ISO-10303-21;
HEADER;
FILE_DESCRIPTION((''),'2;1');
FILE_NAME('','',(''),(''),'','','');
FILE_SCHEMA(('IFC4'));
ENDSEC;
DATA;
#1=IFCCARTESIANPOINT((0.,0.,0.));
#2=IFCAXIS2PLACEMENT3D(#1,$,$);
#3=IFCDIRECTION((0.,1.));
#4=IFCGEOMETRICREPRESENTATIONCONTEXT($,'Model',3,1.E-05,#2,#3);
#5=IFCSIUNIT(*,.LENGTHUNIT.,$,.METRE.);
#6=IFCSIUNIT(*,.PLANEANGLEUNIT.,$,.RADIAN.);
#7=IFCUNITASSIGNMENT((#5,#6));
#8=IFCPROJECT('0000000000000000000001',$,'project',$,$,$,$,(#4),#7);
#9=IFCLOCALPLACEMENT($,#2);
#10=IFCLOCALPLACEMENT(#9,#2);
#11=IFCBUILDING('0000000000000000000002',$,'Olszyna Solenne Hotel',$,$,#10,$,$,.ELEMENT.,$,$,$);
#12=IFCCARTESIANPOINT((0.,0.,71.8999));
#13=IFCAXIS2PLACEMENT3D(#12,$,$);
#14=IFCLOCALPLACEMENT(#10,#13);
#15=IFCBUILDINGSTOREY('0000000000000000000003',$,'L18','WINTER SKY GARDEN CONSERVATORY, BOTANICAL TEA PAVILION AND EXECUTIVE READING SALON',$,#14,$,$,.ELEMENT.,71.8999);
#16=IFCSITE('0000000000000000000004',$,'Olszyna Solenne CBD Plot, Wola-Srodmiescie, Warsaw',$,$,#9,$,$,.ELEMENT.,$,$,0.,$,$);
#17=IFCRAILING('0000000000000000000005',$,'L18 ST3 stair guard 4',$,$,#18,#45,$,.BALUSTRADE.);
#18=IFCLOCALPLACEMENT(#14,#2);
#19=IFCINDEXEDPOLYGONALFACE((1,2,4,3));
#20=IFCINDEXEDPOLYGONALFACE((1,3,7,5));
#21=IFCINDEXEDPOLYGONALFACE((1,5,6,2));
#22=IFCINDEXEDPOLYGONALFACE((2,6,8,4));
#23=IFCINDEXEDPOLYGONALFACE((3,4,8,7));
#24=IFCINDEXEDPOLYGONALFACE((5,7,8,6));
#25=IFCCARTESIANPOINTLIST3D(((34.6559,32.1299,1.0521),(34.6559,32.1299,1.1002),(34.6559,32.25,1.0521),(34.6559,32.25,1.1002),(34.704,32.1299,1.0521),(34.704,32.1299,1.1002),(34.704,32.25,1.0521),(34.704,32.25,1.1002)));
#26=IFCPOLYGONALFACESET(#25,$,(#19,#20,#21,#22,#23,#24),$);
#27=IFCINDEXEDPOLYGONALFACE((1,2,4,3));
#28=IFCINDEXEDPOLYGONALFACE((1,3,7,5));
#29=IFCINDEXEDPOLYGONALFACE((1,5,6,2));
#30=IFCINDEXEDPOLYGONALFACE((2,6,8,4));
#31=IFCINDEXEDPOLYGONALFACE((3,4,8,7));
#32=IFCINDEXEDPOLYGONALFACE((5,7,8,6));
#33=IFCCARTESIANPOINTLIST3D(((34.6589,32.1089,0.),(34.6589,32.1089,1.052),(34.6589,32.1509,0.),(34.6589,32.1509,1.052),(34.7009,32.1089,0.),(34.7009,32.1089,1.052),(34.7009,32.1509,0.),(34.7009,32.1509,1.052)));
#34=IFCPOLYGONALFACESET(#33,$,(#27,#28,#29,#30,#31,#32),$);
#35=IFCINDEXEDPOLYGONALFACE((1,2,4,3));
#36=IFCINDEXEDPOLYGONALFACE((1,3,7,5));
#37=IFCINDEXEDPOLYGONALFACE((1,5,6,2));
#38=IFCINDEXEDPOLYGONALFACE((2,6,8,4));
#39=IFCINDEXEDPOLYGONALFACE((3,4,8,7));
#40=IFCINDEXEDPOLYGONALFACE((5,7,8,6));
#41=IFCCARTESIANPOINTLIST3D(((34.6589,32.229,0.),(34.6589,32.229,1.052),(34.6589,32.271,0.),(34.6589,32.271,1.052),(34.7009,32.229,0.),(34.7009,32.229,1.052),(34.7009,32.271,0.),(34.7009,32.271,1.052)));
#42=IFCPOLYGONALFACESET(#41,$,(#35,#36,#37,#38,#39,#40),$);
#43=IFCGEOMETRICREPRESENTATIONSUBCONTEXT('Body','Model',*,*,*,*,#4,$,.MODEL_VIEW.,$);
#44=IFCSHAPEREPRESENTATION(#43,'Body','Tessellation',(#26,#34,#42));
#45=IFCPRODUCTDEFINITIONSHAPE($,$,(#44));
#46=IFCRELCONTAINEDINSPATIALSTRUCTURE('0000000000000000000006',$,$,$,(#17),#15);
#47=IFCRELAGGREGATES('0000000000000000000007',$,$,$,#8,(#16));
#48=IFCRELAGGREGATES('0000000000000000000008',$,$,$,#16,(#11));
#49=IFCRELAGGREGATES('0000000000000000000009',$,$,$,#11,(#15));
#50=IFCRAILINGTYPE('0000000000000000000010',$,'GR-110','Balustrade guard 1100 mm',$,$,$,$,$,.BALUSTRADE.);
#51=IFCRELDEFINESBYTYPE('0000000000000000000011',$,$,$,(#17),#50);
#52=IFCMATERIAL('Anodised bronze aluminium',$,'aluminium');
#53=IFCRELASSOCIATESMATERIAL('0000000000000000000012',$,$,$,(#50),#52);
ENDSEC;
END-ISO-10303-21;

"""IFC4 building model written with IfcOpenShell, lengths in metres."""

from ifc_helpers import new_model, si_unit, direction, frame, origin, origin_2d, place, context, subcontext, project, spatial, rectangle, extrude, material, type_object, element, save


model = new_model("IFC4")

# Units and contexts
model_context = context("Model", 3, precision=1e-05, world=origin(), true_north=direction((0.0, 1.0)))
body_context = subcontext(model_context, "Body", "Model", "MODEL_VIEW")
ifc_project = project(units=[si_unit("LENGTHUNIT", "METRE"), si_unit("PLANEANGLEUNIT", "RADIAN")], contexts=[model_context])

# Site, building, storey
site_placement = place(None, origin())
site = spatial("IfcSite", under=ifc_project, at=site_placement, Name="Olszyna Solenne CBD Plot, Wola-Srodmiescie, Warsaw", CompositionType="ELEMENT", RefElevation=0.0)
building_placement = place(site_placement, origin())
building = spatial("IfcBuilding", under=site, at=building_placement, Name="Olszyna Solenne Hotel", CompositionType="ELEMENT")
storey_placement = place(building_placement, frame((0.0, 0.0, 71.8999)))
storey = spatial("IfcBuildingStorey", under=building, at=storey_placement, Name="L18", Description="WINTER SKY GARDEN CONSERVATORY, BOTANICAL TEA PAVILION AND EXECUTIVE READING SALON", CompositionType="ELEMENT", Elevation=71.8999)

# Railing
ifc_material_1 = material(Name="Anodised bronze aluminium", Category="aluminium")
railing_type = type_object("IfcRailingType", Name="GR-110", Description="Balustrade guard 1100 mm", PredefinedType="BALUSTRADE", material=ifc_material_1)
railing_placement = place(storey_placement, frame((34.6799, 32.1299, 0.0)))
element("IfcRailing", 1, at=railing_placement, inside=storey, type_object=railing_type, Name="L18 ST3 stair guard 4", PredefinedType="BALUSTRADE", context=body_context, shape_type="SweptSolid", body=[
    extrude(rectangle(XDim=0.0481, YDim=0.0481, at=origin_2d()), frame((0.0, 0.0, 1.0762), z_axis=(0.0, 1.0, 0.0), x_axis=(-1.0, 0.0, 0.0)), (0.0, 0.0, 1.0), 0.1201),
    extrude(rectangle(XDim=0.042, YDim=0.042, at=origin_2d()), origin(), (0.0, 0.0, 1.0), 1.052),
    extrude(rectangle(XDim=0.042, YDim=0.042, at=origin_2d()), frame((0.0, 0.1201, 0.0)), (0.0, 0.0, 1.0), 1.052),
])

save(model, "model.ifc")
